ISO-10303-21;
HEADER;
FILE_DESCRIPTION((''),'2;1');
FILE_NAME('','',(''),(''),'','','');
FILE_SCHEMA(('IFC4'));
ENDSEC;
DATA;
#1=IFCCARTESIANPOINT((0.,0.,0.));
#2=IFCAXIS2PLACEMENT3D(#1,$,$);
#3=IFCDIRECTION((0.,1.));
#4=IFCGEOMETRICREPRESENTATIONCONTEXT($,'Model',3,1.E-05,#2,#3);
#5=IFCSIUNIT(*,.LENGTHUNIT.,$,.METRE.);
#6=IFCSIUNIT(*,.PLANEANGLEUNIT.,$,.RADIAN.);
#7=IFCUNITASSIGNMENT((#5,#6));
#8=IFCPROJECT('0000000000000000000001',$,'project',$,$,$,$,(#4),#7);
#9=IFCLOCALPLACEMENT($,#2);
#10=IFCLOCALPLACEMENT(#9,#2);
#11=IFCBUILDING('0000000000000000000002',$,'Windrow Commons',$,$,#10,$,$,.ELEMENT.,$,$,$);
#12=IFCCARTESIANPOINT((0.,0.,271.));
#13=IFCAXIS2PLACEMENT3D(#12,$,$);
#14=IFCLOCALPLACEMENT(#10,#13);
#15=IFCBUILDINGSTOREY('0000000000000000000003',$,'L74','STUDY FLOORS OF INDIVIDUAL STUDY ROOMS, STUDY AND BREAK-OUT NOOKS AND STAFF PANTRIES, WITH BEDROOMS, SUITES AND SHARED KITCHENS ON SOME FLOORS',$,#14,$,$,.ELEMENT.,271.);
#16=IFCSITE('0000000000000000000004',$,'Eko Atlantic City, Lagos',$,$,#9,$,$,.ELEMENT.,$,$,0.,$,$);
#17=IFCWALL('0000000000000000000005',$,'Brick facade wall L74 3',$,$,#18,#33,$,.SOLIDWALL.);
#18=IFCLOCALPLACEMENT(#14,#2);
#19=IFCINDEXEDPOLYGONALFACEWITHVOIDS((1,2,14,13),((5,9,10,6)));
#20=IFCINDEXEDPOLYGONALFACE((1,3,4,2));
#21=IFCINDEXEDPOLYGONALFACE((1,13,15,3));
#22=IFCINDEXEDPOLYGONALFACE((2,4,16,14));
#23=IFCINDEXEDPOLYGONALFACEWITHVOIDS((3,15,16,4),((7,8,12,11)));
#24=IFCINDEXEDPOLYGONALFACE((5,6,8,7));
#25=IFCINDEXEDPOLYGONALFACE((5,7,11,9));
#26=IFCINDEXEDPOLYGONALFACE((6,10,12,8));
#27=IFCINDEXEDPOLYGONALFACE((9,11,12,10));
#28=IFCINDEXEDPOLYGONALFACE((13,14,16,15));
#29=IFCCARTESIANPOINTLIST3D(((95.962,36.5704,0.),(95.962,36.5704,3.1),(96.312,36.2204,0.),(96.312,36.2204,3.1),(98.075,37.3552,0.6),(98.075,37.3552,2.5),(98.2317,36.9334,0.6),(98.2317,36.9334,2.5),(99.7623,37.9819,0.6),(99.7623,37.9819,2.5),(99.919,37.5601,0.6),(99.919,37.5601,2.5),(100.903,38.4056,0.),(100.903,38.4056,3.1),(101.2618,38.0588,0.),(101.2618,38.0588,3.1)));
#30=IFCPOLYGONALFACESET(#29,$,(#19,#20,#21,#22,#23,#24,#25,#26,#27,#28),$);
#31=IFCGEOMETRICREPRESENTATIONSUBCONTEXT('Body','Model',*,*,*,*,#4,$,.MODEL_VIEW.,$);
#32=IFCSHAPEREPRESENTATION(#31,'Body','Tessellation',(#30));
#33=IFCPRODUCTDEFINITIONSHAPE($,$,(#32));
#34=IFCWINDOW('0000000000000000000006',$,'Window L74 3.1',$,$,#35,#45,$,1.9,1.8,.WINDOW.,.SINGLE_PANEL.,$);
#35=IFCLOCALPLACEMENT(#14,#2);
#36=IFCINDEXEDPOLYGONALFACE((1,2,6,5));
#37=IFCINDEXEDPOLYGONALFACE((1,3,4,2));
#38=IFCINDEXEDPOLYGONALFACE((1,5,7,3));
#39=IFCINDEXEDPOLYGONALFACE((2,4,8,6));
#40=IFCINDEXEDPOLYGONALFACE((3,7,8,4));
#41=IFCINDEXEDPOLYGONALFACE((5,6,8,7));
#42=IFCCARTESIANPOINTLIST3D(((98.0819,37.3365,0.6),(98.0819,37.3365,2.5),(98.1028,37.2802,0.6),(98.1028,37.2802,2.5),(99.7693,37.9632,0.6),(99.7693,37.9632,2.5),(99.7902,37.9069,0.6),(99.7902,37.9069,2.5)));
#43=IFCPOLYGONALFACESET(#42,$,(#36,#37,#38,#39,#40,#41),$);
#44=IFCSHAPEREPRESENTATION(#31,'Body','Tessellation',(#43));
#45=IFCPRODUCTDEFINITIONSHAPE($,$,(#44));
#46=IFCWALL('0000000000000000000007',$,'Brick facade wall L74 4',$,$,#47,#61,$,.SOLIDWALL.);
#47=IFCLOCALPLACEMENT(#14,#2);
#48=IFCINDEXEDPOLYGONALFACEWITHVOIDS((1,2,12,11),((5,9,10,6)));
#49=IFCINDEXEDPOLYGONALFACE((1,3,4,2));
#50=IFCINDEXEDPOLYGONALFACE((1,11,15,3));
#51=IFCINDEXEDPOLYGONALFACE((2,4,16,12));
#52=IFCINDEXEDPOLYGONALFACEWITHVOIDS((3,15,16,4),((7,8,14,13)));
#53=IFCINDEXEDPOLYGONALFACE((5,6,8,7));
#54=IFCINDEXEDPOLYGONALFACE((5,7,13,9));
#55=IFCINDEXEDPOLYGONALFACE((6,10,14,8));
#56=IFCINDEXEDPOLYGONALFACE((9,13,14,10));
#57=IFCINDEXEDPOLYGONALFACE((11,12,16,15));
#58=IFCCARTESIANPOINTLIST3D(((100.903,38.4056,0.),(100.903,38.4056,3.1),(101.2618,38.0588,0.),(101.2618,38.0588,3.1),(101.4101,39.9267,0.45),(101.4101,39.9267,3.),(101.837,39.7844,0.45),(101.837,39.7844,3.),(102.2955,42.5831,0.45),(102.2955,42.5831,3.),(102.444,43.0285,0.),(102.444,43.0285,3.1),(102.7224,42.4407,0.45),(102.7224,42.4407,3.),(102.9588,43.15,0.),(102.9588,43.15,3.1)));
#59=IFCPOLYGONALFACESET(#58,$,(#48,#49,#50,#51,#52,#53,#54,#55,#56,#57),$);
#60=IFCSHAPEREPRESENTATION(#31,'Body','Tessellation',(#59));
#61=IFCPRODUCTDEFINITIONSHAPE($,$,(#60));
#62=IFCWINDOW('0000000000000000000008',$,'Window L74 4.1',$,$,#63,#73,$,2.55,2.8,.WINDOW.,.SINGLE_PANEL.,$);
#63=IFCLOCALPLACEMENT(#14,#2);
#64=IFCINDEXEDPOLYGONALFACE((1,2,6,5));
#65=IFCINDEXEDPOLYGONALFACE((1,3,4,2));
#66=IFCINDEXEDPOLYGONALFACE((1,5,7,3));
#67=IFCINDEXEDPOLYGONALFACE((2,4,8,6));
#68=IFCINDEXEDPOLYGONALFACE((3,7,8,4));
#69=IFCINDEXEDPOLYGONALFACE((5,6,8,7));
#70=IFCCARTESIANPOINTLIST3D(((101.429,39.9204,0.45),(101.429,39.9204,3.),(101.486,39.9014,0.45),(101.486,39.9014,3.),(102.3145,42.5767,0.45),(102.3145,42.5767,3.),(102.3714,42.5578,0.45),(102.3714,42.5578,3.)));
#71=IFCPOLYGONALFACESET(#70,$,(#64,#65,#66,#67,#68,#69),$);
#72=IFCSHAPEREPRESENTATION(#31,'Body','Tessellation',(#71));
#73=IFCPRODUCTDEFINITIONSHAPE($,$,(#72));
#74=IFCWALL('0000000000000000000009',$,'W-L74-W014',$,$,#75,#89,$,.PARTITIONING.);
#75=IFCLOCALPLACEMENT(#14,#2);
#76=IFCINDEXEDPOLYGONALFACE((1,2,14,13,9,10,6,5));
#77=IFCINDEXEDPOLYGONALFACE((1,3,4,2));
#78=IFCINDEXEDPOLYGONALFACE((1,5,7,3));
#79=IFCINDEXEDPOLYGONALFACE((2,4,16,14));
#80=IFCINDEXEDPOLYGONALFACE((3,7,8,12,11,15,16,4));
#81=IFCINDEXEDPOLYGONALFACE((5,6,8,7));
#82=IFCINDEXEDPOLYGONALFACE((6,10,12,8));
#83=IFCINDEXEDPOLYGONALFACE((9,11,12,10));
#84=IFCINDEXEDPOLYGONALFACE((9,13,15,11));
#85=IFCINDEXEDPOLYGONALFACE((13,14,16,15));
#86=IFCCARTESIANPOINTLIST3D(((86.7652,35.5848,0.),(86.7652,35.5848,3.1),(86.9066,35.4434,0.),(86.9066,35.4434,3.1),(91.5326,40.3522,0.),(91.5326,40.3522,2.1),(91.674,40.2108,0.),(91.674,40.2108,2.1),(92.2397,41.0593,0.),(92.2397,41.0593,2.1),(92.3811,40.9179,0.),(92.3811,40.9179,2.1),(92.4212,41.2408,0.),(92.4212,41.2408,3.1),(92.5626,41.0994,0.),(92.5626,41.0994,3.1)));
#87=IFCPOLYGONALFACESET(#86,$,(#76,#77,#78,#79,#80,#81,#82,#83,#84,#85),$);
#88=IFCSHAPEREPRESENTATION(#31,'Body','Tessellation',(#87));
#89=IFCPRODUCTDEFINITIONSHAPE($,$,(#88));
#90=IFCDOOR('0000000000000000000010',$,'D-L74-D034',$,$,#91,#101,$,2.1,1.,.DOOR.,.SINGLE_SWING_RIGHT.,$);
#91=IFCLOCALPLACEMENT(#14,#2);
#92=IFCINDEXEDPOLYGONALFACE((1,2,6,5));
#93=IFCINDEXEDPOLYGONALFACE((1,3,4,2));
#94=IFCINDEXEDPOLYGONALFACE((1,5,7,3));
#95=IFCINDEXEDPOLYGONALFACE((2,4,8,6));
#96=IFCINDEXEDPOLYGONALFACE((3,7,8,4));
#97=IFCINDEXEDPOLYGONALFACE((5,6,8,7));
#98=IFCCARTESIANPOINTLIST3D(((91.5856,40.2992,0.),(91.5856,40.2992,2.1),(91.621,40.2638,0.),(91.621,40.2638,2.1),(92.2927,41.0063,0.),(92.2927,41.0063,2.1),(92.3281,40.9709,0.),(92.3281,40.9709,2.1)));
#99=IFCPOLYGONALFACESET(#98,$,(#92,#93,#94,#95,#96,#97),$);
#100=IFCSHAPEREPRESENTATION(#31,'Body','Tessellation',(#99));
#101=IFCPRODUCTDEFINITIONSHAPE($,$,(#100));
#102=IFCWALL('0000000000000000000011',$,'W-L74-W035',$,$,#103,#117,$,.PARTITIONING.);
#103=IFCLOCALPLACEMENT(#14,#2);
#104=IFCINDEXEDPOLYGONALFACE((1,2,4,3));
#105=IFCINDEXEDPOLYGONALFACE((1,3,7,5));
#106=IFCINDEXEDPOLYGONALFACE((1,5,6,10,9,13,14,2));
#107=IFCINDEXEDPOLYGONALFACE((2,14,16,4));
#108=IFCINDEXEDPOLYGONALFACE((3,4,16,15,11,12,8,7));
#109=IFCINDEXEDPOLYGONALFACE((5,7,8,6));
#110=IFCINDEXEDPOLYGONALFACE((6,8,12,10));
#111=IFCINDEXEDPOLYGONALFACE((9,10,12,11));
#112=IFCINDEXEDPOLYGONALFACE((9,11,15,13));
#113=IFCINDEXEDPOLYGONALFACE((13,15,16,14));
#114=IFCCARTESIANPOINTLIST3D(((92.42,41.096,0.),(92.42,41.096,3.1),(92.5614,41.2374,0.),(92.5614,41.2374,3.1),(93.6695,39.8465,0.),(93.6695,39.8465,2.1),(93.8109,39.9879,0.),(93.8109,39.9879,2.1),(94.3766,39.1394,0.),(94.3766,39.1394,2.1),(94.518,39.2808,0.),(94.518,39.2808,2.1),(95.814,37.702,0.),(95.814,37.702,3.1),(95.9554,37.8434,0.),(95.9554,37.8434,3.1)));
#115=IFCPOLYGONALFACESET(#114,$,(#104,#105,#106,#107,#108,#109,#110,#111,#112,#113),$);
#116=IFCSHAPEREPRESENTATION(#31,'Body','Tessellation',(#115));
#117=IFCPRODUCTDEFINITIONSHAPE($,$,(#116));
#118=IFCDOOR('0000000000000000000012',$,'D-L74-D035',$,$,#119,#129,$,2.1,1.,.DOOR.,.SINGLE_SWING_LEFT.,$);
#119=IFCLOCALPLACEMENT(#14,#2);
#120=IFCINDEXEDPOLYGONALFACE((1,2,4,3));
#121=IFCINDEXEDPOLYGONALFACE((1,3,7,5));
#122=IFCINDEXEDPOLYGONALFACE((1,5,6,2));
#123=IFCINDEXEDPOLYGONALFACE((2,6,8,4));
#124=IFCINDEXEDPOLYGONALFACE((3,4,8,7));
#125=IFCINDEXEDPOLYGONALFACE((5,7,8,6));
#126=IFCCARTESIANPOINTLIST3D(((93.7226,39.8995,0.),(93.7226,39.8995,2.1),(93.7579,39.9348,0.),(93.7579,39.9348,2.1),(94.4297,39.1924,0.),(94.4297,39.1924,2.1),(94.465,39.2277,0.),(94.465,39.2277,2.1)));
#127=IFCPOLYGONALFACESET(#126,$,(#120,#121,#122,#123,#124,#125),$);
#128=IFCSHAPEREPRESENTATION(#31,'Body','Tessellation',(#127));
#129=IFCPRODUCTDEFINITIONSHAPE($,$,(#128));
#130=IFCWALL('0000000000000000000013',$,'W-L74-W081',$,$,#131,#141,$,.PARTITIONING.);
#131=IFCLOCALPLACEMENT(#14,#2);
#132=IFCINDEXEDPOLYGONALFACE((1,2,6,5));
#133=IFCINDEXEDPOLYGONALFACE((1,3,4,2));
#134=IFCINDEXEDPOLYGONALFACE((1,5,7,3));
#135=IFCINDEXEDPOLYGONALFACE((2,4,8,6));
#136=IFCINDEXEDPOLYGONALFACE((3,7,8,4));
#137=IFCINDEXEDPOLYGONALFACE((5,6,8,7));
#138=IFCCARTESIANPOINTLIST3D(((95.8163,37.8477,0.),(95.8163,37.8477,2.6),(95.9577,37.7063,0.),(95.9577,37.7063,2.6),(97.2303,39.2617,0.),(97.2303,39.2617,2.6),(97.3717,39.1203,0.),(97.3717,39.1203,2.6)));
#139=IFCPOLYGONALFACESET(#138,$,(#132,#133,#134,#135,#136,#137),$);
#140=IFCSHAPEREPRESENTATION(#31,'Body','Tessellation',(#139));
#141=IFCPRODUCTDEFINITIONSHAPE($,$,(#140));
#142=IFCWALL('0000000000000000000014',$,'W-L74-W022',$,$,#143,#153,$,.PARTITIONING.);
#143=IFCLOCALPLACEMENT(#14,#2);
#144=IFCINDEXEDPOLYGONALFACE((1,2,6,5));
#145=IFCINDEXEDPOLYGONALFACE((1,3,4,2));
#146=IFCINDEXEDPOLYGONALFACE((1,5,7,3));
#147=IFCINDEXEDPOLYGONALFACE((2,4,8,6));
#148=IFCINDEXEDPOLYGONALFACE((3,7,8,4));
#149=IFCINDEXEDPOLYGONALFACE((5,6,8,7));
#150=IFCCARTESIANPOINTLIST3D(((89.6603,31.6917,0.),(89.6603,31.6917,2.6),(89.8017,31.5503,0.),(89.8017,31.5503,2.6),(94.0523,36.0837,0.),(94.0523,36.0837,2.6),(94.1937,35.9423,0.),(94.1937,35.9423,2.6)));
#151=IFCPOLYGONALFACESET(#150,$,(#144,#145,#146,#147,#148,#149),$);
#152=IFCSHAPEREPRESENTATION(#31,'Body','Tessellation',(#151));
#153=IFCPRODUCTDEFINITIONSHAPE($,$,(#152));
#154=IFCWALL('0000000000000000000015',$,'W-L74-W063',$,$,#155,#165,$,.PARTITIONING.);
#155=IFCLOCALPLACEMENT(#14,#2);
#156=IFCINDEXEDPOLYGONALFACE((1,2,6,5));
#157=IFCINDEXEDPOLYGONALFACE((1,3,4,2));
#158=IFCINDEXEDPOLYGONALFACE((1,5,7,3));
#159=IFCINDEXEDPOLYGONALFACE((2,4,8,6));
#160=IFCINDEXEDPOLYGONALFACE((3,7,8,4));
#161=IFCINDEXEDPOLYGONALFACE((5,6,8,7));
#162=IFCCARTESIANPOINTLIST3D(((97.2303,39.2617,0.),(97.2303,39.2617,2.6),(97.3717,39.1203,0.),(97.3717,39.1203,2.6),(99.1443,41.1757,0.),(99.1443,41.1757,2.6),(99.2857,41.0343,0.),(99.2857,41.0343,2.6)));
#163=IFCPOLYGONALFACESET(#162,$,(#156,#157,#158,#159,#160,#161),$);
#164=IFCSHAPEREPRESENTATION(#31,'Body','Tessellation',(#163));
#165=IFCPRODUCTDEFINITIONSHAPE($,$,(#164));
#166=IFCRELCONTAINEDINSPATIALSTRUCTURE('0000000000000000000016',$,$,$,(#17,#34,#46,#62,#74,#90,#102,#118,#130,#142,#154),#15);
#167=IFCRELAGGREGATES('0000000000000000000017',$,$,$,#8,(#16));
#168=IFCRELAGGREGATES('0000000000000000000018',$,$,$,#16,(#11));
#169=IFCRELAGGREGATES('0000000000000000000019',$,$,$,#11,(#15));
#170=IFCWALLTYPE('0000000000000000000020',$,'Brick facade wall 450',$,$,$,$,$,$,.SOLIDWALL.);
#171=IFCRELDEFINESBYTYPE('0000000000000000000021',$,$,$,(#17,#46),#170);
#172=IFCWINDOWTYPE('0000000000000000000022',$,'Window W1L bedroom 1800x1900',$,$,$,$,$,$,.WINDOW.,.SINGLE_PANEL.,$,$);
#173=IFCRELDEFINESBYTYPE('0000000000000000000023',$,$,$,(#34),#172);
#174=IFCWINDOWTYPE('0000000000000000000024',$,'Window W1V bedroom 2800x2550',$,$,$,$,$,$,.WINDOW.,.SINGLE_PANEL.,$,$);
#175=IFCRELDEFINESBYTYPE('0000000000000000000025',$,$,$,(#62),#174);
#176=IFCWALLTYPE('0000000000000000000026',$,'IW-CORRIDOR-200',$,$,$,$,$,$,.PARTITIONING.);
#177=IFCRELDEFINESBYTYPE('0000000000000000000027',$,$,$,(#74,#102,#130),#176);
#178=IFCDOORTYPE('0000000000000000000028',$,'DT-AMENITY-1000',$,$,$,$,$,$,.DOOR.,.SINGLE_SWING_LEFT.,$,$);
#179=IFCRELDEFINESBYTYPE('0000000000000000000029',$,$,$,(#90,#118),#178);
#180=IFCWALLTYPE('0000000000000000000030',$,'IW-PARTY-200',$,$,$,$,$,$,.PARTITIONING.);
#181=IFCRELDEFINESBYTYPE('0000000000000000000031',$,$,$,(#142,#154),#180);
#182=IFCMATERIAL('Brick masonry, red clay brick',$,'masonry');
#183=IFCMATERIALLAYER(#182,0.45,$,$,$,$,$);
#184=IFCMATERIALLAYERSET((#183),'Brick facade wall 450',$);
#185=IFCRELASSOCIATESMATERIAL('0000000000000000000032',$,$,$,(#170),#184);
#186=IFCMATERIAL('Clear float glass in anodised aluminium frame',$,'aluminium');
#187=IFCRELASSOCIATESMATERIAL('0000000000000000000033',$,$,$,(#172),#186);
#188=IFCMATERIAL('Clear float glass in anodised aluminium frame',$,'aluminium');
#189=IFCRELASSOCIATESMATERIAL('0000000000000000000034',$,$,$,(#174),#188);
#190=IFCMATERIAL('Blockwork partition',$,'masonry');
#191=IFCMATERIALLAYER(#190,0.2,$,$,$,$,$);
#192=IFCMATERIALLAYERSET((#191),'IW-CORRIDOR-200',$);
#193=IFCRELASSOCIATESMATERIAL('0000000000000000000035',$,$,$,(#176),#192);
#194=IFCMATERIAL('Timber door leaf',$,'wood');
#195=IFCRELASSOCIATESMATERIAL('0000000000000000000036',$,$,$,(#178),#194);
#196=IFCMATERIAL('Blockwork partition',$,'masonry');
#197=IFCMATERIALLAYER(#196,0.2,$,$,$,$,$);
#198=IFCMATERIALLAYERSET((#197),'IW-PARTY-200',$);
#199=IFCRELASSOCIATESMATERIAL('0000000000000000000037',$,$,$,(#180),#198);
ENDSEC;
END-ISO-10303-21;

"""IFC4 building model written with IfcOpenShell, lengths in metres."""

from ifc_helpers import new_model, si_unit, direction, frame, frame_2d, origin, place, context, subcontext, project, spatial, polyline, rectangle, outline, extrude, material, layer, layer_set, type_object, element, fill, save


model = new_model("IFC4")

# Units and contexts
model_context = context("Model", 3, precision=1e-05, world=origin(), true_north=direction((0.0, 1.0)))
body_context = subcontext(model_context, "Body", "Model", "MODEL_VIEW")
ifc_project = project(units=[si_unit("LENGTHUNIT", "METRE"), si_unit("PLANEANGLEUNIT", "RADIAN")], contexts=[model_context])

# Site, building, storey
site_placement = place(None, origin())
site = spatial("IfcSite", under=ifc_project, at=site_placement, Name="Eko Atlantic City, Lagos", CompositionType="ELEMENT", RefElevation=0.0)
building_placement = place(site_placement, origin())
building = spatial("IfcBuilding", under=site, at=building_placement, Name="Windrow Commons", CompositionType="ELEMENT")
storey_placement = place(building_placement, frame((0.0, 0.0, 271.0)))
storey = spatial("IfcBuildingStorey", under=building, at=storey_placement, Name="L74", Description="STUDY FLOORS OF INDIVIDUAL STUDY ROOMS, STUDY AND BREAK-OUT NOOKS AND STAFF PANTRIES, WITH BEDROOMS, SUITES AND SHARED KITCHENS ON SOME FLOORS", CompositionType="ELEMENT", Elevation=271.0)

# Walls, openings, windows
ifc_material_1 = material(Name="Brick masonry, red clay brick", Category="masonry")
ifc_layer_1 = layer(ifc_material_1, 0.45)
ifc_layer_set_1 = layer_set([ifc_layer_1], Name="Brick facade wall 450")
wall_type_1 = type_object("IfcWallType", Name="Brick facade wall 450", PredefinedType="SOLIDWALL", material=ifc_layer_set_1)
ifc_material_2 = material(Name="Clear float glass in anodised aluminium frame", Category="aluminium")
window_type_1 = type_object("IfcWindowType", Name="Window W1L bedroom 1800x1900", PartitioningType="SINGLE_PANEL", PredefinedType="WINDOW", material=ifc_material_2)
wall_1_placement = place(storey_placement, frame((96.137, 36.3954, 0.0), z_axis=(0.0, 0.0, 1.0), x_axis=(0.937429, 0.348176, 0.0)))
wall_1 = element("IfcWall", 1, at=wall_1_placement, inside=storey, type_object=wall_type_1, Name="Brick facade wall L74 3", PredefinedType="SOLIDWALL", context=body_context, shape_type="SweptSolid", body=[
    extrude(outline(polyline([(0.1031, -0.225), (5.3833, -0.225), (5.1677, 0.225), (-0.1031, 0.225), (0.1031, -0.225)])), origin(), (0.0, 0.0, 1.0), 3.1),
])
opening_1_placement = place(wall_1_placement, frame((2.1509, 0.0, 0.6)))
opening_1 = element("IfcOpeningElement", 2, at=opening_1_placement, cuts=wall_1, PredefinedType="OPENING", context=body_context, shape_type="SweptSolid", body=[
    extrude(rectangle(XDim=1.8, YDim=1.9, at=frame_2d((0.9, 0.95))), frame((0.0, 0.235, 0.0), z_axis=(0.0, -1.0, 0.0), x_axis=(1.0, 0.0, 0.0)), (0.0, 0.0, 1.0), 0.47),
])
window_1_placement = place(opening_1_placement, origin())
window_1 = element("IfcWindow", 3, at=window_1_placement, inside=storey, type_object=window_type_1, Name="Window L74 3.1", OverallHeight=1.9, OverallWidth=1.8, PartitioningType="SINGLE_PANEL", PredefinedType="WINDOW", context=body_context, shape_type="SweptSolid", body=[
    extrude(rectangle(XDim=1.8, YDim=1.9, at=frame_2d((0.9, 0.95))), frame((0.0, 0.205, 0.0), z_axis=(0.0, -1.0, 0.0), x_axis=(1.0, 0.0, 0.0)), (0.0, 0.0, 1.0), 0.06),
])
fill(opening_1, window_1)
wall_2_placement = place(storey_placement, frame((101.0824, 38.2322, 0.0), z_axis=(0.0, 0.0, 1.0), x_axis=(0.316228, 0.948683, 0.0)))
wall_2 = element("IfcWall", 4, at=wall_2_placement, inside=storey, type_object=wall_type_1, Name="Brick facade wall L74 4", PredefinedType="SOLIDWALL", context=body_context, shape_type="SweptSolid", body=[
    extrude(outline(polyline([(-0.1078, -0.225), (5.2588, -0.225), (4.9807, 0.225), (0.1078, 0.225), (-0.1078, -0.225)])), origin(), (0.0, 0.0, 1.0), 3.1),
])
opening_2_placement = place(wall_2_placement, frame((1.7112, 0.0, 0.45)))
opening_2 = element("IfcOpeningElement", 5, at=opening_2_placement, cuts=wall_2, PredefinedType="OPENING", context=body_context, shape_type="SweptSolid", body=[
    extrude(rectangle(XDim=2.8, YDim=2.55, at=frame_2d((1.4, 1.275))), frame((0.0, 0.235, 0.0), z_axis=(0.0, -1.0, 0.0), x_axis=(1.0, 0.0, 0.0)), (0.0, 0.0, 1.0), 0.47),
])
ifc_material_3 = material(Name="Clear float glass in anodised aluminium frame", Category="aluminium")
window_type_2 = type_object("IfcWindowType", Name="Window W1V bedroom 2800x2550", PartitioningType="SINGLE_PANEL", PredefinedType="WINDOW", material=ifc_material_3)
window_2_placement = place(opening_2_placement, origin())
window_2 = element("IfcWindow", 6, at=window_2_placement, inside=storey, type_object=window_type_2, Name="Window L74 4.1", OverallHeight=2.55, OverallWidth=2.8, PartitioningType="SINGLE_PANEL", PredefinedType="WINDOW", context=body_context, shape_type="SweptSolid", body=[
    extrude(rectangle(XDim=2.8, YDim=2.55, at=frame_2d((1.4, 1.275))), frame((0.0, 0.205, 0.0), z_axis=(0.0, -1.0, 0.0), x_axis=(1.0, 0.0, 0.0)), (0.0, 0.0, 1.0), 0.06),
])
fill(opening_2, window_2)

# Walls, openings, doors
ifc_material_4 = material(Name="Blockwork partition", Category="masonry")
ifc_layer_2 = layer(ifc_material_4, 0.2)
ifc_layer_set_2 = layer_set([ifc_layer_2], Name="IW-CORRIDOR-200")
wall_type_2 = type_object("IfcWallType", Name="IW-CORRIDOR-200", PredefinedType="PARTITIONING", material=ifc_layer_set_2)
wall_3_placement = place(storey_placement, frame((86.8359, 35.5141, 0.0), z_axis=(0.0, 0.0, 1.0), x_axis=(0.707107, 0.707107, 0.0)))
wall_3 = element("IfcWall", 7, at=wall_3_placement, inside=storey, type_object=wall_type_2, Name="W-L74-W014", PredefinedType="PARTITIONING", context=body_context, shape_type="SweptSolid", body=[
    extrude(rectangle(XDim=7.9988, YDim=0.2, at=frame_2d((3.9994, 0.0))), origin(), (0.0, 0.0, 1.0), 3.1),
])
opening_3_placement = place(wall_3_placement, frame((6.7421, 0.0, 0.0)))
opening_3 = element("IfcOpeningElement", 8, at=opening_3_placement, cuts=wall_3, PredefinedType="OPENING", context=body_context, shape_type="SweptSolid", body=[
    extrude(rectangle(XDim=1.0, YDim=2.1, at=frame_2d((0.5, 1.05))), frame((0.0, 0.11, 0.0), z_axis=(0.0, -1.0, 0.0), x_axis=(1.0, 0.0, 0.0)), (0.0, 0.0, 1.0), 0.22),
])
ifc_material_5 = material(Name="Timber door leaf", Category="wood")
door_type_1 = type_object("IfcDoorType", Name="DT-AMENITY-1000", OperationType="SINGLE_SWING_LEFT", PredefinedType="DOOR", material=ifc_material_5)
door_1_placement = place(opening_3_placement, origin())
door_1 = element("IfcDoor", 9, at=door_1_placement, inside=storey, type_object=door_type_1, Name="D-L74-D034", OperationType="SINGLE_SWING_RIGHT", OverallHeight=2.1, OverallWidth=1.0, PredefinedType="DOOR", context=body_context, shape_type="SweptSolid", body=[
    extrude(rectangle(XDim=1.0, YDim=2.1, at=frame_2d((0.5, 1.05))), frame((0.0, 0.025, 0.0), z_axis=(0.0, -1.0, 0.0), x_axis=(1.0, 0.0, 0.0)), (0.0, 0.0, 1.0), 0.05),
])
fill(opening_3, door_1)
wall_4_placement = place(storey_placement, frame((92.4907, 41.1667, 0.0), z_axis=(0.0, 0.0, 1.0), x_axis=(0.707107, -0.707107, 0.0)))
wall_4 = element("IfcWall", 10, at=wall_4_placement, inside=storey, type_object=wall_type_2, Name="W-L74-W035", PredefinedType="PARTITIONING", context=body_context, shape_type="SweptSolid", body=[
    extrude(rectangle(XDim=4.7998, YDim=0.2, at=frame_2d((2.3999, 0.0))), origin(), (0.0, 0.0, 1.0), 3.1),
])
opening_4_placement = place(wall_4_placement, frame((1.7671, 0.0, 0.0)))
opening_4 = element("IfcOpeningElement", 11, at=opening_4_placement, cuts=wall_4, PredefinedType="OPENING", context=body_context, shape_type="SweptSolid", body=[
    extrude(rectangle(XDim=1.0, YDim=2.1, at=frame_2d((0.5, 1.05))), frame((0.0, 0.11, 0.0), z_axis=(0.0, -1.0, 0.0), x_axis=(1.0, 0.0, 0.0)), (0.0, 0.0, 1.0), 0.22),
])
door_2_placement = place(opening_4_placement, origin())
door_2 = element("IfcDoor", 12, at=door_2_placement, inside=storey, type_object=door_type_1, Name="D-L74-D035", OperationType="SINGLE_SWING_LEFT", OverallHeight=2.1, OverallWidth=1.0, PredefinedType="DOOR", context=body_context, shape_type="SweptSolid", body=[
    extrude(rectangle(XDim=1.0, YDim=2.1, at=frame_2d((0.5, 1.05))), frame((0.0, 0.025, 0.0), z_axis=(0.0, -1.0, 0.0), x_axis=(1.0, 0.0, 0.0)), (0.0, 0.0, 1.0), 0.05),
])
fill(opening_4, door_2)

# Walls
wall_5_placement = place(storey_placement, frame((95.887, 37.777, 0.0), z_axis=(0.0, 0.0, 1.0), x_axis=(0.707107, 0.707107, 0.0)))
element("IfcWall", 13, at=wall_5_placement, inside=storey, type_object=wall_type_2, Name="W-L74-W081", PredefinedType="PARTITIONING", context=body_context, shape_type="SweptSolid", body=[
    extrude(rectangle(XDim=1.9997, YDim=0.2, at=frame_2d((0.9999, 0.0))), origin(), (0.0, 0.0, 1.0), 2.6),
])
ifc_material_6 = material(Name="Blockwork partition", Category="masonry")
ifc_layer_3 = layer(ifc_material_6, 0.2)
ifc_layer_set_3 = layer_set([ifc_layer_3], Name="IW-PARTY-200")
wall_type_3 = type_object("IfcWallType", Name="IW-PARTY-200", PredefinedType="PARTITIONING", material=ifc_layer_set_3)
wall_6_placement = place(storey_placement, frame((89.731, 31.621, 0.0), z_axis=(0.0, 0.0, 1.0), x_axis=(0.707107, 0.707107, 0.0)))
element("IfcWall", 14, at=wall_6_placement, inside=storey, type_object=wall_type_3, Name="W-L74-W022", PredefinedType="PARTITIONING", context=body_context, shape_type="SweptSolid", body=[
    extrude(rectangle(XDim=6.2112, YDim=0.2, at=frame_2d((3.1056, 0.0))), origin(), (0.0, 0.0, 1.0), 2.6),
])
wall_7_placement = place(storey_placement, frame((97.301, 39.191, 0.0), z_axis=(0.0, 0.0, 1.0), x_axis=(0.707107, 0.707107, 0.0)))
element("IfcWall", 15, at=wall_7_placement, inside=storey, type_object=wall_type_3, Name="W-L74-W063", PredefinedType="PARTITIONING", context=body_context, shape_type="SweptSolid", body=[
    extrude(rectangle(XDim=2.7068, YDim=0.2, at=frame_2d((1.3534, 0.0))), origin(), (0.0, 0.0, 1.0), 2.6),
])

save(model, "model.ifc")
